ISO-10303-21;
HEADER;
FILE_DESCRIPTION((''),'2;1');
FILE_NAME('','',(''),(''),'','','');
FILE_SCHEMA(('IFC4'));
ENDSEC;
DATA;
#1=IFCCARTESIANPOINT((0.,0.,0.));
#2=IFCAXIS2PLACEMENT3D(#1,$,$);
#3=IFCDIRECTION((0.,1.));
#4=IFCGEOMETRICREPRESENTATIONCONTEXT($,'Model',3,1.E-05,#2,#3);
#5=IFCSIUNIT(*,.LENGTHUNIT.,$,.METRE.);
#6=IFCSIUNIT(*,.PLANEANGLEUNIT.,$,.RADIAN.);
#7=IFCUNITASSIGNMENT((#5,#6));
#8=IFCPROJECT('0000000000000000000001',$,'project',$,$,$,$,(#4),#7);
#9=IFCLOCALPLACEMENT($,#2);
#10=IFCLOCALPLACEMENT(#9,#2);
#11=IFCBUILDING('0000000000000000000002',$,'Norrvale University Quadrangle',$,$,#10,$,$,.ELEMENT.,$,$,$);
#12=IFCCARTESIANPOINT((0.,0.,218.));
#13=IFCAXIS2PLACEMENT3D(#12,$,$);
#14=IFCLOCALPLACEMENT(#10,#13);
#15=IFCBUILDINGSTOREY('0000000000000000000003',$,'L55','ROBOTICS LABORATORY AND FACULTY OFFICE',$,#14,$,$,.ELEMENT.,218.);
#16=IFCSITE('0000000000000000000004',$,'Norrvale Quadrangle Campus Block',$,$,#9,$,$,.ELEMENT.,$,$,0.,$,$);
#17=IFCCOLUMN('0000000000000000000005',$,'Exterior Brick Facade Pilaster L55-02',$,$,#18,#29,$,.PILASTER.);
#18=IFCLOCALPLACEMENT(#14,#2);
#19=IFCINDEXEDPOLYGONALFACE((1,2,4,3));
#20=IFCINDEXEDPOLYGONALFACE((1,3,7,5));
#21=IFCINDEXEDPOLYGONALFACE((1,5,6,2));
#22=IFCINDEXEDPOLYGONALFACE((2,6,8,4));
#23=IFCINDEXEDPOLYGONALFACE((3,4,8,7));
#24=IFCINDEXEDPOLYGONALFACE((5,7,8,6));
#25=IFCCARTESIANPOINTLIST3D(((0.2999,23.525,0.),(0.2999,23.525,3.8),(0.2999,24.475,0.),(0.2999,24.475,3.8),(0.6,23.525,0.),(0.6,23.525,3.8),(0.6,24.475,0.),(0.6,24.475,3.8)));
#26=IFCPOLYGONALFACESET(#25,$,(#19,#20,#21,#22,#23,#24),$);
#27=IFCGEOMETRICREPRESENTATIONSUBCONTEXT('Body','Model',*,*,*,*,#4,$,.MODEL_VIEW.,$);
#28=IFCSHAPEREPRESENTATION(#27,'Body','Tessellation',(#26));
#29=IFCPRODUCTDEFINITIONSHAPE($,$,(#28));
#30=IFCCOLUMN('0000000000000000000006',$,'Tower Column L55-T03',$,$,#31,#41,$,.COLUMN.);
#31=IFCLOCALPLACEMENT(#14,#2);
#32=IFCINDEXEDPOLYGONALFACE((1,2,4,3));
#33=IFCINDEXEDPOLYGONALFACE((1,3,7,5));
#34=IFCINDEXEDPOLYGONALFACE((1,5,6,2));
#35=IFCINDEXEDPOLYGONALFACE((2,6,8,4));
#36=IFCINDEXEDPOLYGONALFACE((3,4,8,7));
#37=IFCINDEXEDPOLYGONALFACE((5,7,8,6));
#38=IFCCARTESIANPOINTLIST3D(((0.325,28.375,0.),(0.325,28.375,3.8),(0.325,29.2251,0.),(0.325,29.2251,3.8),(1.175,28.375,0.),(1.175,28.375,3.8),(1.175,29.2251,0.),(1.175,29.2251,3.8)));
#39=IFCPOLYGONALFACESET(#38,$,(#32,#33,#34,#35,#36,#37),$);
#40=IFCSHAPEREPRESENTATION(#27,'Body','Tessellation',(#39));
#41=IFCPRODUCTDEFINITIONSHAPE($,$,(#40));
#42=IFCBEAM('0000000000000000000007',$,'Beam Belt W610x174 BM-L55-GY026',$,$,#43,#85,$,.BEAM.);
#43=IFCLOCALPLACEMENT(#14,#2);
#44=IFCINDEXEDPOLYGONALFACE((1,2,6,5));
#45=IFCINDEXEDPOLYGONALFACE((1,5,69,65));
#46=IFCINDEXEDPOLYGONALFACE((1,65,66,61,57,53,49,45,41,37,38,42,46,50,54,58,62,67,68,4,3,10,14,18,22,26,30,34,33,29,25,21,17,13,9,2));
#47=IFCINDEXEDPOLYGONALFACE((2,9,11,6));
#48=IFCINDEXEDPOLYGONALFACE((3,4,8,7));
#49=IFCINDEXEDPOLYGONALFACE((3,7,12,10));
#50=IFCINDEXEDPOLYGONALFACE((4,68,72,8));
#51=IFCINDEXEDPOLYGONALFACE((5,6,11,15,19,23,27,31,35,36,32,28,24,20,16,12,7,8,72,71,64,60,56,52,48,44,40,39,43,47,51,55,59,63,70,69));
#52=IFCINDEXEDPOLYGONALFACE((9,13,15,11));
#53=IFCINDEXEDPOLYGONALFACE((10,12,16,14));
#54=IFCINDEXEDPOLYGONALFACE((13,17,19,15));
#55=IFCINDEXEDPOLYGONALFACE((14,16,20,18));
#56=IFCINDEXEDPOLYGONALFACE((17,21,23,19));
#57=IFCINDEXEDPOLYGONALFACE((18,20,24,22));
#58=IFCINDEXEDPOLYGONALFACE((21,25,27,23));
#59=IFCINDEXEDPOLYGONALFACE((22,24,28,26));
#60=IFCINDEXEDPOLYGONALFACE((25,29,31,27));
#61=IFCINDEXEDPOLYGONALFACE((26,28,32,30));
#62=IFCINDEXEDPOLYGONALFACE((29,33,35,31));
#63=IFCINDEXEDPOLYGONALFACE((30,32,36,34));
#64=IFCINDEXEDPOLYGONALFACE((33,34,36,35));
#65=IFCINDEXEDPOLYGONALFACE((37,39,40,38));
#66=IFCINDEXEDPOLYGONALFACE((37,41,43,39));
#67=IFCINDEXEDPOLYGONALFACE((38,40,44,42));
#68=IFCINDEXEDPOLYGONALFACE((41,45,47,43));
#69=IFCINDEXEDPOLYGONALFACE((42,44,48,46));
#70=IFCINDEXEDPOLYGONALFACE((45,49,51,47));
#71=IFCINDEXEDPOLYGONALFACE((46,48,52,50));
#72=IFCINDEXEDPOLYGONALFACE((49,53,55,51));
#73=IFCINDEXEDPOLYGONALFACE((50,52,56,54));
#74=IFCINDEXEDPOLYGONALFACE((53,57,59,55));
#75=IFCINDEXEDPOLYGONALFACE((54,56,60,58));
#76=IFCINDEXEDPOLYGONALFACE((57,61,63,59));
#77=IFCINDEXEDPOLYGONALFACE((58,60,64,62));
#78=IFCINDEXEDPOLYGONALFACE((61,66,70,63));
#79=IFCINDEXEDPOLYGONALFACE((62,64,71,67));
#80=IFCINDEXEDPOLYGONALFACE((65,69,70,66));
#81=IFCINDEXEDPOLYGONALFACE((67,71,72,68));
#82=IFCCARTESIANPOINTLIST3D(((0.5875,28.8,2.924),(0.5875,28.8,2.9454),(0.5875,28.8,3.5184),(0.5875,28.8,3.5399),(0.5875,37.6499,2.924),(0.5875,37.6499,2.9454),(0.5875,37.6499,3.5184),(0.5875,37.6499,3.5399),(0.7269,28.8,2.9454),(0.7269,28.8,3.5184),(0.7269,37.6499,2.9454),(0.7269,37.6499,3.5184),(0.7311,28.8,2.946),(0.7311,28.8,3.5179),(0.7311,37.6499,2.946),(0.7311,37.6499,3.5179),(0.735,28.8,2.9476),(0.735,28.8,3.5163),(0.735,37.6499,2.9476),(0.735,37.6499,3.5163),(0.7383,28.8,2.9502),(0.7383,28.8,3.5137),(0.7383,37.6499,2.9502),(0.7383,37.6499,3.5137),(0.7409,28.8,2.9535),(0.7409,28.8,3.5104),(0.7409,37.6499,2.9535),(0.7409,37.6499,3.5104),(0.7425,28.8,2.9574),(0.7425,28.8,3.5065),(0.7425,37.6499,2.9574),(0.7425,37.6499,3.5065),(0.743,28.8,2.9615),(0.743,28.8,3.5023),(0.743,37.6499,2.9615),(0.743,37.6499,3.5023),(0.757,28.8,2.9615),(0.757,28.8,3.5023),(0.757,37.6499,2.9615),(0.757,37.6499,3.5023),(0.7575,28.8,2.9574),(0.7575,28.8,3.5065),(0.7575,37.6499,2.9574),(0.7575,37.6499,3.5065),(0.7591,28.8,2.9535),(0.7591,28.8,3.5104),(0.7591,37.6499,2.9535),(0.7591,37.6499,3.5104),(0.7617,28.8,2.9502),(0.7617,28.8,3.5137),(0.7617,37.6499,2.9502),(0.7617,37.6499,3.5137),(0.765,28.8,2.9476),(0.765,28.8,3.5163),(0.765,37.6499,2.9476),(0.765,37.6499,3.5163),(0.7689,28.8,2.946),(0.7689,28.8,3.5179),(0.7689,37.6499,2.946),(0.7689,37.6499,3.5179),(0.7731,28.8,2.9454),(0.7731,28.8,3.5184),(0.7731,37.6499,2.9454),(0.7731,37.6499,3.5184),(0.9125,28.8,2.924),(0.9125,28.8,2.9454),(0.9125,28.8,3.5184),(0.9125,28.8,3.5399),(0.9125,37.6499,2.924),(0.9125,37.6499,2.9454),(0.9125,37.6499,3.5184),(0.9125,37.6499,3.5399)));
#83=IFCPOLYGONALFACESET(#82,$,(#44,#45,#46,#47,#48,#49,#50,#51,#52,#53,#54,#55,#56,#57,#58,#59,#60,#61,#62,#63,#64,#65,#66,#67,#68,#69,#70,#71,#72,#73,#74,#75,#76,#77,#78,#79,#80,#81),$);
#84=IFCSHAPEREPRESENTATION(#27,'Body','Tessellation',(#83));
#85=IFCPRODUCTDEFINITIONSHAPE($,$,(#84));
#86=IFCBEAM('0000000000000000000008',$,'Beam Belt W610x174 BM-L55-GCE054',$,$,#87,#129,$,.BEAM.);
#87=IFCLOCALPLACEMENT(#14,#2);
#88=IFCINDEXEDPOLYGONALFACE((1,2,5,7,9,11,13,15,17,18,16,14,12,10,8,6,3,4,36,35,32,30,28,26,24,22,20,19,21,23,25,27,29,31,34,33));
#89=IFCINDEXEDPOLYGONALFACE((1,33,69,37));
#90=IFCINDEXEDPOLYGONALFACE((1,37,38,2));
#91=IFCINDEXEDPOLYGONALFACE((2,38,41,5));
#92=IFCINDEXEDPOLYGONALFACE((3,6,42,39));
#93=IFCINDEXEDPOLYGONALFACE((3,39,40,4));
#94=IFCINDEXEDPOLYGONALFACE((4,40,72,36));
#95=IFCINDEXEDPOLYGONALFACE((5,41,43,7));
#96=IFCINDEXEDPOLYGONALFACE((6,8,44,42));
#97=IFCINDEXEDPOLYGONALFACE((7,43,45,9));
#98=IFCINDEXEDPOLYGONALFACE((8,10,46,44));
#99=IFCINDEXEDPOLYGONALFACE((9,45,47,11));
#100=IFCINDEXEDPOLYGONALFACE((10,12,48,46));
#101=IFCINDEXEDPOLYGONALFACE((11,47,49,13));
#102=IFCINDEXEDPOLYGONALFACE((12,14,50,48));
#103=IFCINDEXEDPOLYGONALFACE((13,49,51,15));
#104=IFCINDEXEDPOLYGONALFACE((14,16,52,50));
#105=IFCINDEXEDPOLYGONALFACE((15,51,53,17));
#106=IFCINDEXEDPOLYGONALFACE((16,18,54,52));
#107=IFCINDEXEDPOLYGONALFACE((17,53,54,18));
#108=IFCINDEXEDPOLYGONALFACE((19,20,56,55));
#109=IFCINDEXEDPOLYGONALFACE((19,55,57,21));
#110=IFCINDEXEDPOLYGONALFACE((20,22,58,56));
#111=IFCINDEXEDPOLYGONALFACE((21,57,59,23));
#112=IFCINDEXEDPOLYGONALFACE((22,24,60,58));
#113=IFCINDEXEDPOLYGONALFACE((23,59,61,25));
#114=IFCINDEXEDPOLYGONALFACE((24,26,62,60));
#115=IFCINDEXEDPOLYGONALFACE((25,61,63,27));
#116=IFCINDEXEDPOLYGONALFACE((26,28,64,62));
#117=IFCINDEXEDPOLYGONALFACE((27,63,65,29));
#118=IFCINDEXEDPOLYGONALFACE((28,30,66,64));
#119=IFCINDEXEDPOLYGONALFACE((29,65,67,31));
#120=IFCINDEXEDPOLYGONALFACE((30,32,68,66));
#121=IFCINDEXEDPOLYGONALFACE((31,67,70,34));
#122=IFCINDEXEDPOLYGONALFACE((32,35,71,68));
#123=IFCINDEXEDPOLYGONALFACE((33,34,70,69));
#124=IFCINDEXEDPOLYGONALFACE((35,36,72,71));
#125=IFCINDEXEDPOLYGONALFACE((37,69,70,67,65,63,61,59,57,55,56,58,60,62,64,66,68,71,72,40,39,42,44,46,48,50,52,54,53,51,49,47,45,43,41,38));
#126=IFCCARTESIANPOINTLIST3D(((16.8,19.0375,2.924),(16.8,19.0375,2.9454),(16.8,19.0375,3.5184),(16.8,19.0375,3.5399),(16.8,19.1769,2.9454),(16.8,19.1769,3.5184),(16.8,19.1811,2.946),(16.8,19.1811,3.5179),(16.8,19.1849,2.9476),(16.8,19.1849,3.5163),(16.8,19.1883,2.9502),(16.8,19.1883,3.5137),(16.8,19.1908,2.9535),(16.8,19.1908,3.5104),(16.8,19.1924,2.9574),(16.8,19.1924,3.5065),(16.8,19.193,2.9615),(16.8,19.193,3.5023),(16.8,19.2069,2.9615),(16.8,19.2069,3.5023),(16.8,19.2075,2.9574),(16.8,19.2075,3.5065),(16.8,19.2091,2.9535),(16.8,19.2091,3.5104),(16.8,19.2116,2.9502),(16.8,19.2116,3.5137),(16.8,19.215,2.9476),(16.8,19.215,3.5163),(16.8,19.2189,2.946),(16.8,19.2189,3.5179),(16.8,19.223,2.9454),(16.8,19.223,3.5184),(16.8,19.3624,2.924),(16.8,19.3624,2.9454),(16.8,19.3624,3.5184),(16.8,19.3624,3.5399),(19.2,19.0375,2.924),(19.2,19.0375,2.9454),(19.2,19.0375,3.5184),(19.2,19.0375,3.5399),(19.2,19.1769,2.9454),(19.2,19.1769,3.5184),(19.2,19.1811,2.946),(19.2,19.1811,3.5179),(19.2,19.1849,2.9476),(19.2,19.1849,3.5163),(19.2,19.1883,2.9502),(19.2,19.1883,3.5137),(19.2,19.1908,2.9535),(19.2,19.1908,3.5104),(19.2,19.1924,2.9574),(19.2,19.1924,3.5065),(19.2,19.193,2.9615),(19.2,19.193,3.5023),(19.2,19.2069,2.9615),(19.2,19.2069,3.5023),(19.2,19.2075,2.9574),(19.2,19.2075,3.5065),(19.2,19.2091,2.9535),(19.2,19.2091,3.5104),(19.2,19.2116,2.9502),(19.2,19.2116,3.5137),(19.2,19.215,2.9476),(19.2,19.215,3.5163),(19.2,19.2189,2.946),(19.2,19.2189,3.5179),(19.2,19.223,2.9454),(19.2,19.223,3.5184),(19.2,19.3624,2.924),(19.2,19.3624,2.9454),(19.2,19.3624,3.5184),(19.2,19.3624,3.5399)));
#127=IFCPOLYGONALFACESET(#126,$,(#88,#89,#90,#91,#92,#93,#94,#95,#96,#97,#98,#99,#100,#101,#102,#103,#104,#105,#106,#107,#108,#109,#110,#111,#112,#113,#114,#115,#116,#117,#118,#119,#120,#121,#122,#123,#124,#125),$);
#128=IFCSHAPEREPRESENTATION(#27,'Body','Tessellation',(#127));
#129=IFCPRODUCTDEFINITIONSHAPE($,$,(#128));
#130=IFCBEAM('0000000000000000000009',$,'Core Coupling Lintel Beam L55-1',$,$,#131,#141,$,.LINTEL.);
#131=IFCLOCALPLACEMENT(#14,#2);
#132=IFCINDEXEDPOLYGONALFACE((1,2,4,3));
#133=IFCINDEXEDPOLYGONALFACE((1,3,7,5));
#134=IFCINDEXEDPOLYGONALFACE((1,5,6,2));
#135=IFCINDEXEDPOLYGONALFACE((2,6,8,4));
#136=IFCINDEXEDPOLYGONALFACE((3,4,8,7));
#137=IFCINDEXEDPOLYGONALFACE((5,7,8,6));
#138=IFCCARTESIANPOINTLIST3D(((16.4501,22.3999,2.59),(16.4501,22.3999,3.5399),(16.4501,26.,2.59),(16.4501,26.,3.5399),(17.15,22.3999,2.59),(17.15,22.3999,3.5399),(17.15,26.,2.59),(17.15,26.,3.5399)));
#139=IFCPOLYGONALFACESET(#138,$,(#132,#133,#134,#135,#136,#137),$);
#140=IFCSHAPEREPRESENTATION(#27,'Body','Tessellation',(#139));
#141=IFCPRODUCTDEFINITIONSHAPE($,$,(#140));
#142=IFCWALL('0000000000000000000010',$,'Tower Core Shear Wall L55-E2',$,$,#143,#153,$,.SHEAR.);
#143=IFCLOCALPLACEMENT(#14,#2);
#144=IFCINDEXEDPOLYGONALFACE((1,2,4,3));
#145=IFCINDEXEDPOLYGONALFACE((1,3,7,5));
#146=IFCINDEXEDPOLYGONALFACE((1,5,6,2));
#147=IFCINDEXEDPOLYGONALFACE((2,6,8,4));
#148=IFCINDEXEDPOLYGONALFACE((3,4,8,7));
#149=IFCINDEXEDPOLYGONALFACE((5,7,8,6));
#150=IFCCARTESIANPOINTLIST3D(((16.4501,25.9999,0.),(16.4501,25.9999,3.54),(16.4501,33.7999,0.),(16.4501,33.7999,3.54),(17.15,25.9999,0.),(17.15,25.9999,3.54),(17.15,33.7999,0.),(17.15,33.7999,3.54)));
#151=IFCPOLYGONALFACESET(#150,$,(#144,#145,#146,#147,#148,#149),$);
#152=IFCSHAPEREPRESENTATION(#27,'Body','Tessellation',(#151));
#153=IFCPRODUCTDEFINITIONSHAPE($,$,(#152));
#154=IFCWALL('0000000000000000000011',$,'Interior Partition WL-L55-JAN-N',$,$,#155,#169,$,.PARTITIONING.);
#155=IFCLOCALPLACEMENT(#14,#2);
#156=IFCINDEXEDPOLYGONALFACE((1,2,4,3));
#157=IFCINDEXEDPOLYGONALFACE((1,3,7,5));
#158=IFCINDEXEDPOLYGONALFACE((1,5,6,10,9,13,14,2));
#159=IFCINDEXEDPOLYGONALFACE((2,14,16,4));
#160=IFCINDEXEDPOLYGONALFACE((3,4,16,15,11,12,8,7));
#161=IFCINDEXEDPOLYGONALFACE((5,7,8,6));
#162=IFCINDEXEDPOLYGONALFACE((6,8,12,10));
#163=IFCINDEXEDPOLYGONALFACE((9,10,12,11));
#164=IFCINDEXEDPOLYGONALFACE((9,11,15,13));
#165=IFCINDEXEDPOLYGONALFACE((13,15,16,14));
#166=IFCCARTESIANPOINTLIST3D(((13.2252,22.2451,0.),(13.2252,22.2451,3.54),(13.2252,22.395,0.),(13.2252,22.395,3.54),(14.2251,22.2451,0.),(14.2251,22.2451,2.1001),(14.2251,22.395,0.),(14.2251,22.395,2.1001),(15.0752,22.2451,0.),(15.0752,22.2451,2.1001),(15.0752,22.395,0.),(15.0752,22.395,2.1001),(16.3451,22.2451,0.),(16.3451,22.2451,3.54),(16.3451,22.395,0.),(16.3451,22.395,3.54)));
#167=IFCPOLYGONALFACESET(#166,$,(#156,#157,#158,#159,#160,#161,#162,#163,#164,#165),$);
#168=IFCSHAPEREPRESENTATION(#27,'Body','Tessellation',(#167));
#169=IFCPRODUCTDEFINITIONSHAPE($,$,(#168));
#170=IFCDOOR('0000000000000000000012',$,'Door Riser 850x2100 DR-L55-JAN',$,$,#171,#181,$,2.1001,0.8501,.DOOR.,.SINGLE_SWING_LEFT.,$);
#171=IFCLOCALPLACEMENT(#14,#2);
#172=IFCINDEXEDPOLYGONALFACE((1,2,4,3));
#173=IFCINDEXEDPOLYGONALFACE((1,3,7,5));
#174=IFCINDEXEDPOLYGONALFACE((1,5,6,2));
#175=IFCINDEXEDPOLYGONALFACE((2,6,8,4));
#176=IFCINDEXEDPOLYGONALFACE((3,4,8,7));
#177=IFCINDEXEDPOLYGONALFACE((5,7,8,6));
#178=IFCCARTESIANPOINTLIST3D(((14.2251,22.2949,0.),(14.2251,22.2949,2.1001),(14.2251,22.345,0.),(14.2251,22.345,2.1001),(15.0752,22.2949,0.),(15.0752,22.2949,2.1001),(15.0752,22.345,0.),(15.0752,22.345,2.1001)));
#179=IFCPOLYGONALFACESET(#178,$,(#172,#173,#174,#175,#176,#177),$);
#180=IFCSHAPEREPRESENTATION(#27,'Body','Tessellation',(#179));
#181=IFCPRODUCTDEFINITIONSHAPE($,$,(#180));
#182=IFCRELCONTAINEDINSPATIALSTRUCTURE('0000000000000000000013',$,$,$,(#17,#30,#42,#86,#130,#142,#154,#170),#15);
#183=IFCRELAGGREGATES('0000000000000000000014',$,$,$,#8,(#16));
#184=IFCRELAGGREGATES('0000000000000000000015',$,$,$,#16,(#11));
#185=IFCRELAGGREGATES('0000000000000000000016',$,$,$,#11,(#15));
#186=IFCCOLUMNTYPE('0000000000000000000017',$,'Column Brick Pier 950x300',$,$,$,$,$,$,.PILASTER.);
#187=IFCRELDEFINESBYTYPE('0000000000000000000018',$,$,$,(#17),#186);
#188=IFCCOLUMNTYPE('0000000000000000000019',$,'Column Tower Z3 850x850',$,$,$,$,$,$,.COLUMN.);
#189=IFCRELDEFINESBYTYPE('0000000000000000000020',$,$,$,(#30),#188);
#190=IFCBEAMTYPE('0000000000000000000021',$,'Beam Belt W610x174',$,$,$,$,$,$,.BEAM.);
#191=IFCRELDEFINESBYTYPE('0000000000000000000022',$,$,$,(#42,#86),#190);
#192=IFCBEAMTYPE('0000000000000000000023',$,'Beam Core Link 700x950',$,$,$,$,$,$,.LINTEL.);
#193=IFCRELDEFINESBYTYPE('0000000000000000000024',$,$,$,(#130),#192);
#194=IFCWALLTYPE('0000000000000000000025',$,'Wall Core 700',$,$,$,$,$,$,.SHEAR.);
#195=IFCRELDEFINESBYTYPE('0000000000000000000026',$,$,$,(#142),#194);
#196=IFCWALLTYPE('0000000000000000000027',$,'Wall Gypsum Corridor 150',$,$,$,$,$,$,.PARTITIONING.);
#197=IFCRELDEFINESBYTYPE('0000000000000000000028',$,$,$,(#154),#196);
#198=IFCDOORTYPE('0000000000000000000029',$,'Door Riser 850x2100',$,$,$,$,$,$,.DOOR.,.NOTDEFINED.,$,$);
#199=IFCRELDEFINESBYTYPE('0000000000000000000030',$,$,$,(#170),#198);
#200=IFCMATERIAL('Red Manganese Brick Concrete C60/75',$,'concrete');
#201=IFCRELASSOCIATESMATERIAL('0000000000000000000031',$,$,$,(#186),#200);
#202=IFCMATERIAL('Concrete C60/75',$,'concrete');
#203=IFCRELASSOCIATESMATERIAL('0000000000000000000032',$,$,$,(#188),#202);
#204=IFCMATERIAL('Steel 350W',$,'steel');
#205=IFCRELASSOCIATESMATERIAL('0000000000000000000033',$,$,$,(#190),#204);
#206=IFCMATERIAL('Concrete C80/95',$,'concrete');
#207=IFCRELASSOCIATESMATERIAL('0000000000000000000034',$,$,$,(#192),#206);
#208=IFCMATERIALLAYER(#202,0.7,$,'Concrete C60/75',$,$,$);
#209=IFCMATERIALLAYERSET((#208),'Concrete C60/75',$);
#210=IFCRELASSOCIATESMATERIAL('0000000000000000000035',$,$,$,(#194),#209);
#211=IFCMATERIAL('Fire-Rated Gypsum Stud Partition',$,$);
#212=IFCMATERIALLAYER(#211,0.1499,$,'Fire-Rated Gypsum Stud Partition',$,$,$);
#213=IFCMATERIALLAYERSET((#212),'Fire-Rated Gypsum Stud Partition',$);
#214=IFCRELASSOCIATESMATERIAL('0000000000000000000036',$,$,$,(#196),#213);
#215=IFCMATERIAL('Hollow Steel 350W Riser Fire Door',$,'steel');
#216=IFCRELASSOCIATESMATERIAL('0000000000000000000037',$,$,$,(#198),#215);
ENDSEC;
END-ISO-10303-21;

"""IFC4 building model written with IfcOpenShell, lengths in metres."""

from ifc_helpers import new_model, si_unit, direction, frame, frame_2d, origin, origin_2d, place, context, subcontext, project, spatial, rectangle, i_section, extrude, material, layer, layer_set, material_profile, profile_set, type_object, element, fill, save


model = new_model("IFC4")

# Units and contexts
model_context = context("Model", 3, precision=1e-05, world=origin(), true_north=direction((0.0, 1.0)))
body_context = subcontext(model_context, "Body", "Model", "MODEL_VIEW")
ifc_project = project(units=[si_unit("LENGTHUNIT", "METRE"), si_unit("PLANEANGLEUNIT", "RADIAN")], contexts=[model_context])

# Site, building, storey
site_placement = place(None, origin())
site = spatial("IfcSite", under=ifc_project, at=site_placement, Name="Norrvale Quadrangle Campus Block", CompositionType="ELEMENT", RefElevation=0.0)
building_placement = place(site_placement, origin())
building = spatial("IfcBuilding", under=site, at=building_placement, Name="Norrvale University Quadrangle", CompositionType="ELEMENT")
storey_placement = place(building_placement, frame((0.0, 0.0, 218.0)))
storey = spatial("IfcBuildingStorey", under=building, at=storey_placement, Name="L55", Description="ROBOTICS LABORATORY AND FACULTY OFFICE", CompositionType="ELEMENT", Elevation=218.0)

# Columns
ifc_material_1 = material(Name="Red Manganese Brick Concrete C60/75", Category="concrete")
ifc_material_profile_1 = material_profile(ifc_material_1, rectangle(XDim=0.95, YDim=0.3, at=origin_2d()), Name="Red Manganese Brick Concrete C60/75")
ifc_profile_set_1 = profile_set([ifc_material_profile_1], Name="Red Manganese Brick Concrete C60/75")
column_type_1 = type_object("IfcColumnType", Name="Column Brick Pier 950x300", PredefinedType="PILASTER", material=ifc_profile_set_1)
column_1_placement = place(storey_placement, frame((0.45, 24.0, 0.0), z_axis=(0.0, 0.0, 1.0), x_axis=(0.0, 1.0, 0.0)))
element("IfcColumn", 1, at=column_1_placement, inside=storey, type_object=column_type_1, Name="Exterior Brick Facade Pilaster L55-02", PredefinedType="PILASTER", context=body_context, shape_type="SweptSolid", body=[
    extrude(rectangle(XDim=0.95, YDim=0.3, at=origin_2d()), origin(), (0.0, 0.0, 1.0), 3.8),
])
ifc_material_2 = material(Name="Concrete C60/75", Category="concrete")
ifc_material_profile_2 = material_profile(ifc_material_2, rectangle(XDim=0.8501, YDim=0.8501, at=origin_2d()), Name="Concrete C60/75")
ifc_profile_set_2 = profile_set([ifc_material_profile_2], Name="Concrete C60/75")
column_type_2 = type_object("IfcColumnType", Name="Column Tower Z3 850x850", PredefinedType="COLUMN", material=ifc_profile_set_2)
column_2_placement = place(storey_placement, frame((0.75, 28.8, 0.0), z_axis=(0.0, 0.0, 1.0), x_axis=(1.0, 0.0, 0.0)))
element("IfcColumn", 2, at=column_2_placement, inside=storey, type_object=column_type_2, Name="Tower Column L55-T03", PredefinedType="COLUMN", context=body_context, shape_type="SweptSolid", body=[
    extrude(rectangle(XDim=0.8501, YDim=0.8501, at=origin_2d()), origin(), (0.0, 0.0, 1.0), 3.8),
])

# Beams
ifc_material_3 = material(Name="Steel 350W", Category="steel")
ifc_material_profile_3 = material_profile(ifc_material_3, i_section(OverallWidth=0.325, OverallDepth=0.616, WebThickness=0.0139, FlangeThickness=0.0215, FilletRadius=0.0161, at=origin_2d()), Name="Steel 350W")
ifc_profile_set_3 = profile_set([ifc_material_profile_3], Name="Steel 350W")
beam_type_1 = type_object("IfcBeamType", Name="Beam Belt W610x174", PredefinedType="BEAM", material=ifc_profile_set_3)
beam_1_placement = place(storey_placement, frame((0.75, 28.8, 3.2319), z_axis=(0.0, 1.0, 0.0), x_axis=(-1.0, 0.0, 0.0)))
element("IfcBeam", 3, at=beam_1_placement, inside=storey, type_object=beam_type_1, Name="Beam Belt W610x174 BM-L55-GY026", PredefinedType="BEAM", context=body_context, shape_type="SweptSolid", body=[
    extrude(i_section(OverallWidth=0.325, OverallDepth=0.616, WebThickness=0.0139, FlangeThickness=0.0215, FilletRadius=0.0161, at=origin_2d()), origin(), (0.0, 0.0, 1.0), 8.8499),
])
beam_2_placement = place(storey_placement, frame((16.8, 19.2, 3.2319), z_axis=(1.0, 0.0, 0.0), x_axis=(0.0, 1.0, 0.0)))
element("IfcBeam", 4, at=beam_2_placement, inside=storey, type_object=beam_type_1, Name="Beam Belt W610x174 BM-L55-GCE054", PredefinedType="BEAM", context=body_context, shape_type="SweptSolid", body=[
    extrude(i_section(OverallWidth=0.325, OverallDepth=0.616, WebThickness=0.0139, FlangeThickness=0.0215, FilletRadius=0.0161, at=origin_2d()), origin(), (0.0, 0.0, 1.0), 2.3999),
])
ifc_material_4 = material(Name="Concrete C80/95", Category="concrete")
ifc_material_profile_4 = material_profile(ifc_material_4, rectangle(XDim=0.7, YDim=0.95, at=origin_2d()), Name="Concrete C80/95")
ifc_profile_set_4 = profile_set([ifc_material_profile_4], Name="Concrete C80/95")
beam_type_2 = type_object("IfcBeamType", Name="Beam Core Link 700x950", PredefinedType="LINTEL", material=ifc_profile_set_4)
beam_3_placement = place(storey_placement, frame((16.8, 22.3999, 3.0649), z_axis=(0.0, 1.0, 0.0), x_axis=(-1.0, 0.0, 0.0)))
element("IfcBeam", 5, at=beam_3_placement, inside=storey, type_object=beam_type_2, Name="Core Coupling Lintel Beam L55-1", PredefinedType="LINTEL", context=body_context, shape_type="SweptSolid", body=[
    extrude(rectangle(XDim=0.7, YDim=0.95, at=origin_2d()), origin(), (0.0, 0.0, 1.0), 3.6001),
])

# Wall
ifc_layer_1 = layer(ifc_material_2, 0.7, Name="Concrete C60/75")
ifc_layer_set_1 = layer_set([ifc_layer_1], Name="Concrete C60/75")
wall_type_1 = type_object("IfcWallType", Name="Wall Core 700", PredefinedType="SHEAR", material=ifc_layer_set_1)
wall_1_placement = place(storey_placement, frame((16.8, 26.0, 0.0), z_axis=(0.0, 0.0, 1.0), x_axis=(0.0, 1.0, 0.0)))
element("IfcWall", 6, at=wall_1_placement, inside=storey, type_object=wall_type_1, Name="Tower Core Shear Wall L55-E2", PredefinedType="SHEAR", context=body_context, shape_type="SweptSolid", body=[
    extrude(rectangle(XDim=7.8, YDim=0.7, at=frame_2d((3.8999, 0.0))), origin(), (0.0, 0.0, 1.0), 3.54),
])

# Wall, opening, door
ifc_material_5 = material(Name="Fire-Rated Gypsum Stud Partition")
ifc_layer_2 = layer(ifc_material_5, 0.1499, Name="Fire-Rated Gypsum Stud Partition")
ifc_layer_set_2 = layer_set([ifc_layer_2], Name="Fire-Rated Gypsum Stud Partition")
wall_type_2 = type_object("IfcWallType", Name="Wall Gypsum Corridor 150", PredefinedType="PARTITIONING", material=ifc_layer_set_2)
wall_2_placement = place(storey_placement, frame((13.2251, 22.3201, 0.0), z_axis=(0.0, 0.0, 1.0), x_axis=(1.0, 0.0, 0.0)))
wall_2 = element("IfcWall", 7, at=wall_2_placement, inside=storey, type_object=wall_type_2, Name="Interior Partition WL-L55-JAN-N", PredefinedType="PARTITIONING", context=body_context, shape_type="SweptSolid", body=[
    extrude(rectangle(XDim=3.1199, YDim=0.1499, at=frame_2d((1.5601, 0.0))), origin(), (0.0, 0.0, 1.0), 3.54),
])
opening_1_placement = place(wall_2_placement, frame((1.0, 0.0, 0.0)))
opening_1 = element("IfcOpeningElement", 8, at=opening_1_placement, cuts=wall_2, PredefinedType="OPENING", context=body_context, shape_type="SweptSolid", body=[
    extrude(rectangle(XDim=0.8501, YDim=2.1001, at=frame_2d((0.425, 1.05))), frame((0.0, 0.0869, 0.0), z_axis=(0.0, -1.0, 0.0), x_axis=(1.0, 0.0, 0.0)), (0.0, 0.0, 1.0), 0.1738),
])
ifc_material_6 = material(Name="Hollow Steel 350W Riser Fire Door", Category="steel")
door_type_1 = type_object("IfcDoorType", Name="Door Riser 850x2100", OperationType="NOTDEFINED", PredefinedType="DOOR", material=ifc_material_6)
door_1_placement = place(opening_1_placement, origin())
door_1 = element("IfcDoor", 9, at=door_1_placement, inside=storey, type_object=door_type_1, Name="Door Riser 850x2100 DR-L55-JAN", OperationType="SINGLE_SWING_LEFT", OverallHeight=2.1001, OverallWidth=0.8501, PredefinedType="DOOR", context=body_context, shape_type="SweptSolid", body=[
    extrude(rectangle(XDim=0.8501, YDim=2.1001, at=frame_2d((0.425, 1.05))), frame((0.0, 0.0249, 0.0), z_axis=(0.0, -1.0, 0.0), x_axis=(1.0, 0.0, 0.0)), (0.0, 0.0, 1.0), 0.05),
])
fill(opening_1, door_1)

save(model, "model.ifc")
